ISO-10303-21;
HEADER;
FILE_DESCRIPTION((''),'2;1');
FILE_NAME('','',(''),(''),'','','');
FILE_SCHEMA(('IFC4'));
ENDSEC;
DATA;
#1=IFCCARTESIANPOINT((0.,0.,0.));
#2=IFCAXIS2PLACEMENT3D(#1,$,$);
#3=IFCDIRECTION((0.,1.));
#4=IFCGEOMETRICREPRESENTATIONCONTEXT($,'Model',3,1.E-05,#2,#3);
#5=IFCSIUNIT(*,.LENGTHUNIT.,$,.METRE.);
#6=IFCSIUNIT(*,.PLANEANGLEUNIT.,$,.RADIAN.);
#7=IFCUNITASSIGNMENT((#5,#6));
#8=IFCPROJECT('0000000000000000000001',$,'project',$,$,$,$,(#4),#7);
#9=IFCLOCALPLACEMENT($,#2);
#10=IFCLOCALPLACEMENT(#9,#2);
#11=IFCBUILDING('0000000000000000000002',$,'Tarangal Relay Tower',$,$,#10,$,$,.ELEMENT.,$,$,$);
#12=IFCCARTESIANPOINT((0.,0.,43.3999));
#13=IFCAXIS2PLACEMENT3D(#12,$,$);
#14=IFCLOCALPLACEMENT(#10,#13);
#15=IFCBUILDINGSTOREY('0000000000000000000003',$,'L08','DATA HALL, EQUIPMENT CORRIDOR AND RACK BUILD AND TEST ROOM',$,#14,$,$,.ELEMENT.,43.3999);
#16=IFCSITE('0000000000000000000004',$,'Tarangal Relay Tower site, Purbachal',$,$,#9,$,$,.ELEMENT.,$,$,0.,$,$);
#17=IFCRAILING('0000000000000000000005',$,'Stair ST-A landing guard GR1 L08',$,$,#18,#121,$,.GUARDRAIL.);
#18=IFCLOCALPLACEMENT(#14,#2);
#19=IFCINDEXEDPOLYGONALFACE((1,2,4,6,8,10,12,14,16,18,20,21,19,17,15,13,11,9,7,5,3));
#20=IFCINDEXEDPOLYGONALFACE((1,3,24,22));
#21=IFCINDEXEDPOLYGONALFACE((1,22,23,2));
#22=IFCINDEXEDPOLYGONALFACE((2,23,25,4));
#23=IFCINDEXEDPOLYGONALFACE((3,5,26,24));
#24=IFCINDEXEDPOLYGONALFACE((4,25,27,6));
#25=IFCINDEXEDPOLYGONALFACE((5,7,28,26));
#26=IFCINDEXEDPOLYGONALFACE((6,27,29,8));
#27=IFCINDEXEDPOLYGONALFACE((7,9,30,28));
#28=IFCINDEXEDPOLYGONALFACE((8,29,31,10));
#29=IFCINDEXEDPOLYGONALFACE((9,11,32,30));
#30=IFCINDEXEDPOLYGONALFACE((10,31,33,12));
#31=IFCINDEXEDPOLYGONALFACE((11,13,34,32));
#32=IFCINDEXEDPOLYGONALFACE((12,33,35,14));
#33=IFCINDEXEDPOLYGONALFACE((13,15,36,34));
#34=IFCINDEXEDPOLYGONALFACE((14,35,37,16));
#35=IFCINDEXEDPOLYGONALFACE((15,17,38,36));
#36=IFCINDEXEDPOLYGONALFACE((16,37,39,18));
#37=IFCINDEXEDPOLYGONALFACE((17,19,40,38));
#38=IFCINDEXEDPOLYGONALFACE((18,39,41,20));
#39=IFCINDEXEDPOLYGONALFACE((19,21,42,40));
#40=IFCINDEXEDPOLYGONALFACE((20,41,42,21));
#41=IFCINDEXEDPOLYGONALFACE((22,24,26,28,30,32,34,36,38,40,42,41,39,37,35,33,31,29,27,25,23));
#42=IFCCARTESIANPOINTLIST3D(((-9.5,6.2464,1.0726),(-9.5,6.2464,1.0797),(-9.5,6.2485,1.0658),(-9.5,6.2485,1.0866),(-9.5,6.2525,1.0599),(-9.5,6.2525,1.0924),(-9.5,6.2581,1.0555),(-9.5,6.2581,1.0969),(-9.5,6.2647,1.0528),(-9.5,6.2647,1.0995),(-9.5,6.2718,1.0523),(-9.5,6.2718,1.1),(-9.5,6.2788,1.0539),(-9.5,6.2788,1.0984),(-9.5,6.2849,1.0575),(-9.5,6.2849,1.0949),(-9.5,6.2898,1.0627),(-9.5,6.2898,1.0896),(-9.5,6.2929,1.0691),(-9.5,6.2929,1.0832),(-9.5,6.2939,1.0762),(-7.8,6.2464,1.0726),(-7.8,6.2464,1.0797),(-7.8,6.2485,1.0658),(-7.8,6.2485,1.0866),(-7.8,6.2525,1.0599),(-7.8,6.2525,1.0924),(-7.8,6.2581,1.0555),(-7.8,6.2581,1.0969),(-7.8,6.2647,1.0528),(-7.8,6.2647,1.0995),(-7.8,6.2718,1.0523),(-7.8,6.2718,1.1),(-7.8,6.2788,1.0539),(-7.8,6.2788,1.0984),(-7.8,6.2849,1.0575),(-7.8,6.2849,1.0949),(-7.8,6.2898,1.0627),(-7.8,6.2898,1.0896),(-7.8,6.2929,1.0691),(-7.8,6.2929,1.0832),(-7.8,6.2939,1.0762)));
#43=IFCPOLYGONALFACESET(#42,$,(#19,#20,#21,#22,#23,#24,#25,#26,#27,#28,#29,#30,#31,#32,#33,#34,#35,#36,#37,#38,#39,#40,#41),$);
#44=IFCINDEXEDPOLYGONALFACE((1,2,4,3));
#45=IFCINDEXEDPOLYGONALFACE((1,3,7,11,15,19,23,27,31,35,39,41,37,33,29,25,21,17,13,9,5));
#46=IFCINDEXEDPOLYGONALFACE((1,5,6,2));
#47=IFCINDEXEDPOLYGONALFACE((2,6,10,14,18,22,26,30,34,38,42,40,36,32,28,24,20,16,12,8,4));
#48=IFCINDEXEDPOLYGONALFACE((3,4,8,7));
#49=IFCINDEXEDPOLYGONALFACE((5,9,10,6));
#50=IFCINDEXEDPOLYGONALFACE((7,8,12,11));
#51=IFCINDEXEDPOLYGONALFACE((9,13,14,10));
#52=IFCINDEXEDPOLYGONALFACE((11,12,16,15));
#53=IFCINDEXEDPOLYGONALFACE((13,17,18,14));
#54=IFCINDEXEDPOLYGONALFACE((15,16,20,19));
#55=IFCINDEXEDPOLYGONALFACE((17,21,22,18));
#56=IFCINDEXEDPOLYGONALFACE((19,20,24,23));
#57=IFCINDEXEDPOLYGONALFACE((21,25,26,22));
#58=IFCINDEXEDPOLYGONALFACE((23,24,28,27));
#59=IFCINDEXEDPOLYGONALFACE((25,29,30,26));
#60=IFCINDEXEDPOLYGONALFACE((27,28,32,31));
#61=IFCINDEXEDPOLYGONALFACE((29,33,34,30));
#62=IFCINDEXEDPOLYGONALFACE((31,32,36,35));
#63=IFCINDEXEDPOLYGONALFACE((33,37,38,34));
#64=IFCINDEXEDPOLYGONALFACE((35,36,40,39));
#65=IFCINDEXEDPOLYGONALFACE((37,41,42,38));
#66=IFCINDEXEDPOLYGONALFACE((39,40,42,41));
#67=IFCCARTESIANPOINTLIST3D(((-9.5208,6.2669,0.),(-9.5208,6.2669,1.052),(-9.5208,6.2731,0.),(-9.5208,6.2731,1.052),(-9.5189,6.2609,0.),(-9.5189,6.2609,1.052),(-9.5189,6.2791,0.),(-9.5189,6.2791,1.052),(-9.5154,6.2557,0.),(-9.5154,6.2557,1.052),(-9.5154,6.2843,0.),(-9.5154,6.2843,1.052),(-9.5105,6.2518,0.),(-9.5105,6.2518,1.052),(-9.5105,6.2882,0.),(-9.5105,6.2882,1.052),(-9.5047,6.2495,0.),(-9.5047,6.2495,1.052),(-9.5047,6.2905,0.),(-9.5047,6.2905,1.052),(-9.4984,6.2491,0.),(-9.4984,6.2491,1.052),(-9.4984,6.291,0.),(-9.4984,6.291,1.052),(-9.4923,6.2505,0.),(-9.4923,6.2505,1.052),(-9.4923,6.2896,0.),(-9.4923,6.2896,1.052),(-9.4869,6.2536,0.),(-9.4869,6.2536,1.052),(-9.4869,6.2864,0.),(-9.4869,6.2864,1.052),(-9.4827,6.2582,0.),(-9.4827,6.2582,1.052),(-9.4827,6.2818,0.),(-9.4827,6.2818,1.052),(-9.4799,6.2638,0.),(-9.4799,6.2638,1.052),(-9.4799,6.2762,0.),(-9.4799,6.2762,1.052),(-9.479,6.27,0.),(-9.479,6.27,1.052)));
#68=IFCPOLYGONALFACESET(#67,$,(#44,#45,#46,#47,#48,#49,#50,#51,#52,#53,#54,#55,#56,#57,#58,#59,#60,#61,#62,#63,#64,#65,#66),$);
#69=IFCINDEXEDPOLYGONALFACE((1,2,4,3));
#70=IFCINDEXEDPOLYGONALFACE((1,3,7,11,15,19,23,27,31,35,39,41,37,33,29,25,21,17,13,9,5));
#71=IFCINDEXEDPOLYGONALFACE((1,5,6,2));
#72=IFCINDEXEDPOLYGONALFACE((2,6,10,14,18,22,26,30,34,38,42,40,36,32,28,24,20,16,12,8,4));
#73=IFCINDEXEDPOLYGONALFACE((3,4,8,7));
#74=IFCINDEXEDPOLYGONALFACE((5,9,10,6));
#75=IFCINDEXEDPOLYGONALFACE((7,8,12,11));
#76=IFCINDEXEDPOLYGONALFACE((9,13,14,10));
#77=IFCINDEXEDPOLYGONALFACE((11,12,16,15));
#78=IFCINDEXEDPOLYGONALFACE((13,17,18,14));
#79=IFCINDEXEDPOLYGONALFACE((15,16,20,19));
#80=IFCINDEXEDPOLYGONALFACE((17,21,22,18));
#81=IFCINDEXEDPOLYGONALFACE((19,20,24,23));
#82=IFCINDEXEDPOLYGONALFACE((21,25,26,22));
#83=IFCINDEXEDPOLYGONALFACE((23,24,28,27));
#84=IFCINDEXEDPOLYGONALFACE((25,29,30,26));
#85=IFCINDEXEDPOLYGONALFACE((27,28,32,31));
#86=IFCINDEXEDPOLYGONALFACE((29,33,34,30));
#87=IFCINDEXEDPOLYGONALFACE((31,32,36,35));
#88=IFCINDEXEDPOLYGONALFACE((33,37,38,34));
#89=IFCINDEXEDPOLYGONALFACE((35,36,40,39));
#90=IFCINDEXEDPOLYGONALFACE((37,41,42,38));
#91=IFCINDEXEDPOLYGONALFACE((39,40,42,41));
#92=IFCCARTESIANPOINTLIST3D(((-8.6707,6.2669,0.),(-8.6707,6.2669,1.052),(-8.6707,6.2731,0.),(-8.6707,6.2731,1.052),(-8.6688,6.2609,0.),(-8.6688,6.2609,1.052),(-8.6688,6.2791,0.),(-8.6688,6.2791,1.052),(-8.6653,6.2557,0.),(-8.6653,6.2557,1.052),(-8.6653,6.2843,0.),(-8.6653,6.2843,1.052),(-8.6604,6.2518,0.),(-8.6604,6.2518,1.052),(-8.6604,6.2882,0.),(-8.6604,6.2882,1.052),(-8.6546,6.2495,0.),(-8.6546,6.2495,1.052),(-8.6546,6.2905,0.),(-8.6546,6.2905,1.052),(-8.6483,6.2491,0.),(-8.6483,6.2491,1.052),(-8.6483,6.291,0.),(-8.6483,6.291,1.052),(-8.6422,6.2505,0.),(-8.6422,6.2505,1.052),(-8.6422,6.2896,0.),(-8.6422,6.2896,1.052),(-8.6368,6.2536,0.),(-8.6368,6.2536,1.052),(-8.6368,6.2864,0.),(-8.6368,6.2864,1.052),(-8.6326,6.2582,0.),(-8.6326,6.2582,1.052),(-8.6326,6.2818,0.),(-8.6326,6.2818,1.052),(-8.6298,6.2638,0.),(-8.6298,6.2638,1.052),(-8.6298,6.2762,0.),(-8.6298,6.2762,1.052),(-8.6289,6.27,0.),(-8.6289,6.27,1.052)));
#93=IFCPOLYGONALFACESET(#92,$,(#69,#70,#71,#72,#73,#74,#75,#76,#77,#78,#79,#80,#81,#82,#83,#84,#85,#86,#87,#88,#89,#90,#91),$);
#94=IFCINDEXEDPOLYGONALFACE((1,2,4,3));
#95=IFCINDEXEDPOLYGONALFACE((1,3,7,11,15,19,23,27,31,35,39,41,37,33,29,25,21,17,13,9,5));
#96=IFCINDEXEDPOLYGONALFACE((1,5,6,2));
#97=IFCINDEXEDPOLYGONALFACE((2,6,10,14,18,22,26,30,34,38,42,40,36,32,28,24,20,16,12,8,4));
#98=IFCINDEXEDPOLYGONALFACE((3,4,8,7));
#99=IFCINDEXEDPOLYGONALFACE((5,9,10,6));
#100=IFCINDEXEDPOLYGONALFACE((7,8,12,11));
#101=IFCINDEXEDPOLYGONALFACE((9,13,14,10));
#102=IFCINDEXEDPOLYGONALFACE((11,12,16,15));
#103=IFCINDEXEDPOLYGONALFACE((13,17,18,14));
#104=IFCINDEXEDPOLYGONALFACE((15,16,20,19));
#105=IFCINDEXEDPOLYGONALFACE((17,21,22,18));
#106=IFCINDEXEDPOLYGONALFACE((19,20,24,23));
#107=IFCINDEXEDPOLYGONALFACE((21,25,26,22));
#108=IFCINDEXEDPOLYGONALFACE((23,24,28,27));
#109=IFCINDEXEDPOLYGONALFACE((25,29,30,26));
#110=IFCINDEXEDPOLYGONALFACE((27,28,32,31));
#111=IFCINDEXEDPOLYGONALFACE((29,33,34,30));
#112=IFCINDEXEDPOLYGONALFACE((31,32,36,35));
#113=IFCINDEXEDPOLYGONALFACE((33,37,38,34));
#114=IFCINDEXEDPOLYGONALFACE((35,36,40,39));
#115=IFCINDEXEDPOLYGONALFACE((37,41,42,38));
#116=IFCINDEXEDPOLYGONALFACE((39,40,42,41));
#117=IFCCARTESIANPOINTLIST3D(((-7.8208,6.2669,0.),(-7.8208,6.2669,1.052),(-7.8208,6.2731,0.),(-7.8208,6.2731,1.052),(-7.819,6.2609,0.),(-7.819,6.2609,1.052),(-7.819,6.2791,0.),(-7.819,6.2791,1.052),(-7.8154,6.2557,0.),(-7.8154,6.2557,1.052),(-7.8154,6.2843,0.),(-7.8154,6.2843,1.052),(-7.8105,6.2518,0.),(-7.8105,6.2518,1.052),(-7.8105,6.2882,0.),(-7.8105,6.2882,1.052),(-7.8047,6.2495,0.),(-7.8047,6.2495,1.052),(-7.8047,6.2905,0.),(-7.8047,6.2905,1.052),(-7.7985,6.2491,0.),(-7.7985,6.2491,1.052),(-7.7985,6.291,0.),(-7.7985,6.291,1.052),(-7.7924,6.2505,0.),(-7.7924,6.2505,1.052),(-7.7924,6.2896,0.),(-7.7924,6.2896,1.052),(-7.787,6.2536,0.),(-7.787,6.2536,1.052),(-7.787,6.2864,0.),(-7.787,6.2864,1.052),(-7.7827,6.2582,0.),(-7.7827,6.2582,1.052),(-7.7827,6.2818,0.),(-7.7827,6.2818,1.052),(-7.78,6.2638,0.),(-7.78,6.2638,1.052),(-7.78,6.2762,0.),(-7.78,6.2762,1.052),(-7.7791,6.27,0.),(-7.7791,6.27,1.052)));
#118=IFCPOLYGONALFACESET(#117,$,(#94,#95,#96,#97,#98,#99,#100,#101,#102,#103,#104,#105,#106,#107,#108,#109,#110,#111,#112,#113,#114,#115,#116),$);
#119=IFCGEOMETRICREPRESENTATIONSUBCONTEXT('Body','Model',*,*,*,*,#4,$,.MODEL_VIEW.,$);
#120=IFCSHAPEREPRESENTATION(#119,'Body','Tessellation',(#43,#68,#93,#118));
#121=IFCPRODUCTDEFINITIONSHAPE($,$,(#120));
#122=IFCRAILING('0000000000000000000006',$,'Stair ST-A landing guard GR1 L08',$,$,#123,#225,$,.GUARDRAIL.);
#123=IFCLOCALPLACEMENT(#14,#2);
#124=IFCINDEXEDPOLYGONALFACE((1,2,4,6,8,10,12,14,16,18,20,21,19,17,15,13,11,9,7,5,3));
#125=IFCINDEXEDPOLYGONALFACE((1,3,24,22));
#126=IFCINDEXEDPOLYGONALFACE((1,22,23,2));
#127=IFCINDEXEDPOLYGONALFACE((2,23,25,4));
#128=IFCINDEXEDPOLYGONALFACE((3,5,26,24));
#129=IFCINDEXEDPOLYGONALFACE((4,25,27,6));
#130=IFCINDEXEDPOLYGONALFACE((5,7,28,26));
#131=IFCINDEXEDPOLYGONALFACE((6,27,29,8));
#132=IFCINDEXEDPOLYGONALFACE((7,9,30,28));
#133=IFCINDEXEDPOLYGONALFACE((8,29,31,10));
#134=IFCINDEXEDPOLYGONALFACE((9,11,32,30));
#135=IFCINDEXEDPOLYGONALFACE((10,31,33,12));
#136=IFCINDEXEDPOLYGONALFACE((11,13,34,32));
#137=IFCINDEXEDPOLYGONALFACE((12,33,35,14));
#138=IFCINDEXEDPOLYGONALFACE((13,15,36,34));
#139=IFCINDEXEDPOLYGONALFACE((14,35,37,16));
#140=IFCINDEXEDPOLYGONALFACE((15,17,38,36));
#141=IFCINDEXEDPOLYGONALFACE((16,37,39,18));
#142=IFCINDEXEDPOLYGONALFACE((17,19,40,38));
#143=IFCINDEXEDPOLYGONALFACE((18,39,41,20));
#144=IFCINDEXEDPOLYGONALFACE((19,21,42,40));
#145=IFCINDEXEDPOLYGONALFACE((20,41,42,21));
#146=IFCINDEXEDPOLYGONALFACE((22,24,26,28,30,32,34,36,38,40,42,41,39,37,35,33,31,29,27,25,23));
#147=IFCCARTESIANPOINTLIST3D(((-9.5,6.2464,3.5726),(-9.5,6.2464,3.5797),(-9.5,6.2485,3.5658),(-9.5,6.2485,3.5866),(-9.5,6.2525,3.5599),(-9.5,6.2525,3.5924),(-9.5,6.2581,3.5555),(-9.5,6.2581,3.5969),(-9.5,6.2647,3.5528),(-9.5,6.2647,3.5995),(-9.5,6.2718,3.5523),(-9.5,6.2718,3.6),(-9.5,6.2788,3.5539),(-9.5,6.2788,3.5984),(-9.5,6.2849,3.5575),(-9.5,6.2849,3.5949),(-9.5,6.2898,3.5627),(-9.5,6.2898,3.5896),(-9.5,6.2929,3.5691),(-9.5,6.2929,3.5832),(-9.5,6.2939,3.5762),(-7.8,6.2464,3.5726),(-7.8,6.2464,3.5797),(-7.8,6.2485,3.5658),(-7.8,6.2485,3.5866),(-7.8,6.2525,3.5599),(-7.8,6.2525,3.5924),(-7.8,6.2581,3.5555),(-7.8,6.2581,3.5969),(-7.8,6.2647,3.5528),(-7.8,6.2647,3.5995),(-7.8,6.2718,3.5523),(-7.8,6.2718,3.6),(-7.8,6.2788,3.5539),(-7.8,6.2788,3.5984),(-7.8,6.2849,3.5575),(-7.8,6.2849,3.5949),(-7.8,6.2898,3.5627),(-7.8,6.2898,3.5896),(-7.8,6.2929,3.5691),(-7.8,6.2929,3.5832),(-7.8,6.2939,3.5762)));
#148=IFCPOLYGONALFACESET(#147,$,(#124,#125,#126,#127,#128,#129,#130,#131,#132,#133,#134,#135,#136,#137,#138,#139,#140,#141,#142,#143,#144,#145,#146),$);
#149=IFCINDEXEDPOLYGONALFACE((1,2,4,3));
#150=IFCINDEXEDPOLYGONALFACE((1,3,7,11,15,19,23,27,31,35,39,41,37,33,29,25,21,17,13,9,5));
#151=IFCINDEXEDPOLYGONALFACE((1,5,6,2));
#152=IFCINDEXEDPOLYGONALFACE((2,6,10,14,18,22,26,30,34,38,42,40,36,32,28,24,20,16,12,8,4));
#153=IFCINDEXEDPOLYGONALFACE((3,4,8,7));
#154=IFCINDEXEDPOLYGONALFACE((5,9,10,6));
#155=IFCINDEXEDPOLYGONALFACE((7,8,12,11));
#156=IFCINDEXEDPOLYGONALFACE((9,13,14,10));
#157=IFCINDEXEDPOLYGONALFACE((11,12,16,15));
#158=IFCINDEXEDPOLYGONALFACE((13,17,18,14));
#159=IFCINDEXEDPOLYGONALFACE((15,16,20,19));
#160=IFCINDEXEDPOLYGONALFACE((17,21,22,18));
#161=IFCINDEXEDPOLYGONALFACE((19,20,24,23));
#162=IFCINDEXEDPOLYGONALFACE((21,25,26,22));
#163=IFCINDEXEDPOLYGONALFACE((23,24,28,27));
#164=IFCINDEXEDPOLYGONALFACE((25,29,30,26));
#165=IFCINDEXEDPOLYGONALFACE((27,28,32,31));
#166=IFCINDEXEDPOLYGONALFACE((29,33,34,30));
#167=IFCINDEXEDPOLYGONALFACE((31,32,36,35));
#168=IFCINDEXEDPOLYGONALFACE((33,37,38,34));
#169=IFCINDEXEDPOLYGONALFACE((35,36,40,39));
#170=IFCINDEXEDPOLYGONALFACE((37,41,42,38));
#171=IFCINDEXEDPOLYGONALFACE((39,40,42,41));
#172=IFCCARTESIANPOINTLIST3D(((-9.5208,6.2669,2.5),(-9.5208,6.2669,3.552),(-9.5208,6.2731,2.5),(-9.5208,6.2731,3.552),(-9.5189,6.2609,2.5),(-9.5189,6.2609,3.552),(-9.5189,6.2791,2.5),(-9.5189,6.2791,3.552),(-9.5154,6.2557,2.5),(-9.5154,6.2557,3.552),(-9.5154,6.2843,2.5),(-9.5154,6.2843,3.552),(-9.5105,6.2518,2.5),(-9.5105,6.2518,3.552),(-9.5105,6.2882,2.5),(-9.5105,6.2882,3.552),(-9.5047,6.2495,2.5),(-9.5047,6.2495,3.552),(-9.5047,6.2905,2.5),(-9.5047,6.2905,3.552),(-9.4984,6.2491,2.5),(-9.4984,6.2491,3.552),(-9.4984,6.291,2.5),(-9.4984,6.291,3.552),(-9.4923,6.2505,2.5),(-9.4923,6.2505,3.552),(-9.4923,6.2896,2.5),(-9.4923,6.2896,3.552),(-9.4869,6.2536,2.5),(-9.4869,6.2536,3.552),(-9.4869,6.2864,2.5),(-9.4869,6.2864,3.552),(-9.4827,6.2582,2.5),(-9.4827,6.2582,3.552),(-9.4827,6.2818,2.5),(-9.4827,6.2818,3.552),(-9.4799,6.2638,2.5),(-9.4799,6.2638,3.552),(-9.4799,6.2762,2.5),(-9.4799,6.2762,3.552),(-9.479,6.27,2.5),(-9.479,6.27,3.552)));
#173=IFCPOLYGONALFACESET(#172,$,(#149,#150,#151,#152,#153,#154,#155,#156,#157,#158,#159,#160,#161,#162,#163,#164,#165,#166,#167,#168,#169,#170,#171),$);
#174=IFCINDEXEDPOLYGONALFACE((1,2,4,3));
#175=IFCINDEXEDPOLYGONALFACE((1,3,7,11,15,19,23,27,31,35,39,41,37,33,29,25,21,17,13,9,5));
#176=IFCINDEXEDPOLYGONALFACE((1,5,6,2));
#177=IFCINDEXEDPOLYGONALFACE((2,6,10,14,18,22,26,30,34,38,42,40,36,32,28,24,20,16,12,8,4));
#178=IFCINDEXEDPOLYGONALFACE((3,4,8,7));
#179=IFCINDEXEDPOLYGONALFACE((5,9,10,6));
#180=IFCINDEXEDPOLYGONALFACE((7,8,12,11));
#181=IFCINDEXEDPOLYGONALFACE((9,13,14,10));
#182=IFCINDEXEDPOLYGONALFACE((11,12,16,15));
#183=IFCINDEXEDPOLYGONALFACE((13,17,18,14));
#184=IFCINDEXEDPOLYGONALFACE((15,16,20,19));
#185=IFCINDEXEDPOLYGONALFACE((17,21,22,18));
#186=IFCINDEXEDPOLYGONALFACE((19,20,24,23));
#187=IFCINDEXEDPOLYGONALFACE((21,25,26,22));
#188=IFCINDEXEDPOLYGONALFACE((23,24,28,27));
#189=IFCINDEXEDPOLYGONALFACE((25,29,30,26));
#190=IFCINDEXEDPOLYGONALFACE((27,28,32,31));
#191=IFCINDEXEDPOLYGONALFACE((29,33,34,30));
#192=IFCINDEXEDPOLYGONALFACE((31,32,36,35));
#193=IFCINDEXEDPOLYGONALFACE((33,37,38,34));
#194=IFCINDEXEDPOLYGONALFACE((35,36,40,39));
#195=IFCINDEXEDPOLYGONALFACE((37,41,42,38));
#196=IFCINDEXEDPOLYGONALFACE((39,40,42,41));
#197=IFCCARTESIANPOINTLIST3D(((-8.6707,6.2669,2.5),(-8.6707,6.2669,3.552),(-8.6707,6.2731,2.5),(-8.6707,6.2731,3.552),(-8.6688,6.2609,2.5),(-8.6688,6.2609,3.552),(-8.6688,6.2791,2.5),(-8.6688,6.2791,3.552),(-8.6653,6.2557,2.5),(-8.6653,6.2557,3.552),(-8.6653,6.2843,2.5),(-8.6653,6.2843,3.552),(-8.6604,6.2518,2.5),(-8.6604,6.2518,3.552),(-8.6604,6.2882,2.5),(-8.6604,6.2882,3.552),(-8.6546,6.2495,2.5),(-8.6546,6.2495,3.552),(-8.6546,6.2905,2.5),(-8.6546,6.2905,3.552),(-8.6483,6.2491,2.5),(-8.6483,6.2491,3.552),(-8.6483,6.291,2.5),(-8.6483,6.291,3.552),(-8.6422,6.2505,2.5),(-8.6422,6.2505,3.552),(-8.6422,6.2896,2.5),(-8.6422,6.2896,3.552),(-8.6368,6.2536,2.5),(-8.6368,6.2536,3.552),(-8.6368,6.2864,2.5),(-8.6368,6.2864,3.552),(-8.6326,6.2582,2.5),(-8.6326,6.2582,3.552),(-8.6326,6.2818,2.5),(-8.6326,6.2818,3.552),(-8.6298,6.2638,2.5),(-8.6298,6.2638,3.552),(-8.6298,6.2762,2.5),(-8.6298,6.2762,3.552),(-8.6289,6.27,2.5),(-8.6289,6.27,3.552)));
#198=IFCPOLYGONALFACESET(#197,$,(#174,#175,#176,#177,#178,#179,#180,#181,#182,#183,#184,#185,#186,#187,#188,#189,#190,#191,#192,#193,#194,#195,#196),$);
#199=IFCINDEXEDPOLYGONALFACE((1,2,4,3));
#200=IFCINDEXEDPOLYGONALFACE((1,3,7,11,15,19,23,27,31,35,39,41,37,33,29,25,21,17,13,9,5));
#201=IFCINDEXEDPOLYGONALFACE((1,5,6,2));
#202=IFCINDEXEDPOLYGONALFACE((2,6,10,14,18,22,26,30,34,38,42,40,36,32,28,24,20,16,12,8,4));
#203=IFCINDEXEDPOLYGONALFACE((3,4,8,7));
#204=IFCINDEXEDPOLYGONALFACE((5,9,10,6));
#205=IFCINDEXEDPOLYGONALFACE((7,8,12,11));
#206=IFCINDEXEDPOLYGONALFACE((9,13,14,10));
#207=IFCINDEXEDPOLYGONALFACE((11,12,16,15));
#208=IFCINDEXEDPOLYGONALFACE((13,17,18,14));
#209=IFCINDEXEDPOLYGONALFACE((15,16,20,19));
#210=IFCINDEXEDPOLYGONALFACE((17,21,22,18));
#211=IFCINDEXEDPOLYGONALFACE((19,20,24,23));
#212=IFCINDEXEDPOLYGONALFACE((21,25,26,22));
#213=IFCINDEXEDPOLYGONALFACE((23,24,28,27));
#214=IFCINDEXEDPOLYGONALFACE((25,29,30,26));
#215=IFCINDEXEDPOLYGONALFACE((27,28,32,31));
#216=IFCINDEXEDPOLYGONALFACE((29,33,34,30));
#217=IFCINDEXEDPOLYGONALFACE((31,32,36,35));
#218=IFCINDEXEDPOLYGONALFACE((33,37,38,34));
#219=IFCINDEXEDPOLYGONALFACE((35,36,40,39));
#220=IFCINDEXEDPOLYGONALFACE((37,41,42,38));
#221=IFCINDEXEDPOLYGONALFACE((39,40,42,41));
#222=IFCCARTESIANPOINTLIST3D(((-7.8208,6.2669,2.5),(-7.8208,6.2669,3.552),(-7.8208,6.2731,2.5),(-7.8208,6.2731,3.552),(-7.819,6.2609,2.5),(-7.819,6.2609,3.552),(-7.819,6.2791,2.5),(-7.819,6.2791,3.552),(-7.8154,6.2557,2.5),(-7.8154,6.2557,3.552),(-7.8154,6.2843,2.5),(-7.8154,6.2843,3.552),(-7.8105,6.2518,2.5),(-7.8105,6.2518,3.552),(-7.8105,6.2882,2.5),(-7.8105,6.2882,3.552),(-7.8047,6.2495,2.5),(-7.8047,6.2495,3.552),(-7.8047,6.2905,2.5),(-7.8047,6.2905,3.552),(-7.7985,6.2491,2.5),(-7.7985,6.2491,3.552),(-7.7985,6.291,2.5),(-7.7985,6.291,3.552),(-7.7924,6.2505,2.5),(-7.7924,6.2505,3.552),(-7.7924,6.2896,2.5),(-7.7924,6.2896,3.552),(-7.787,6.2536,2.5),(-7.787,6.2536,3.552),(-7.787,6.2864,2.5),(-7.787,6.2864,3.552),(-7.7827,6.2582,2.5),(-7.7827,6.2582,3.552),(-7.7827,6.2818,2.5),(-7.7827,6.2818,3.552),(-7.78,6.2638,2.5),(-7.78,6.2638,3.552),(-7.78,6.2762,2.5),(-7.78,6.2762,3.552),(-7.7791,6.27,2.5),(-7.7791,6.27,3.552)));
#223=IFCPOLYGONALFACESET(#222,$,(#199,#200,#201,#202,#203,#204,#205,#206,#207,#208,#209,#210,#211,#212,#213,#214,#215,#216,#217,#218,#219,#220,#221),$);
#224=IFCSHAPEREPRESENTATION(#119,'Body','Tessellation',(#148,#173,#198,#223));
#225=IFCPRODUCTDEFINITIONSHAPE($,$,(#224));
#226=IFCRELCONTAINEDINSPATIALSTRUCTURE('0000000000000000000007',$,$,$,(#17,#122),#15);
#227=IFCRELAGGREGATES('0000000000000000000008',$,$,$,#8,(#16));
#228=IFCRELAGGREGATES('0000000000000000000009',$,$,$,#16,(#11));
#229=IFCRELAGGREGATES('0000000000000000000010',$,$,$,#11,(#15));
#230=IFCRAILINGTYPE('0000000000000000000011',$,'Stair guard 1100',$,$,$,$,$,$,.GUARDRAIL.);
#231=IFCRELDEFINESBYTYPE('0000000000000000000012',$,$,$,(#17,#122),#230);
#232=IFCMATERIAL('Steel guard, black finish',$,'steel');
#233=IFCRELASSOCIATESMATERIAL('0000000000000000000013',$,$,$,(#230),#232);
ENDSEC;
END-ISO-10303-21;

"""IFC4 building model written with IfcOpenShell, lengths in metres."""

from ifc_helpers import new_model, si_unit, direction, frame, origin, origin_2d, place, context, subcontext, project, spatial, circle, extrude, material, type_object, element, save


model = new_model("IFC4")

# Units and contexts
model_context = context("Model", 3, precision=1e-05, world=origin(), true_north=direction((0.0, 1.0)))
body_context = subcontext(model_context, "Body", "Model", "MODEL_VIEW")
ifc_project = project(units=[si_unit("LENGTHUNIT", "METRE"), si_unit("PLANEANGLEUNIT", "RADIAN")], contexts=[model_context])

# Site, building, storey
site_placement = place(None, origin())
site = spatial("IfcSite", under=ifc_project, at=site_placement, Name="Tarangal Relay Tower site, Purbachal", CompositionType="ELEMENT", RefElevation=0.0)
building_placement = place(site_placement, origin())
building = spatial("IfcBuilding", under=site, at=building_placement, Name="Tarangal Relay Tower", CompositionType="ELEMENT")
storey_placement = place(building_placement, frame((0.0, 0.0, 43.3999)))
storey = spatial("IfcBuildingStorey", under=building, at=storey_placement, Name="L08", Description="DATA HALL, EQUIPMENT CORRIDOR AND RACK BUILD AND TEST ROOM", CompositionType="ELEMENT", Elevation=43.3999)

# Railings
ifc_material_1 = material(Name="Steel guard, black finish", Category="steel")
railing_type = type_object("IfcRailingType", Name="Stair guard 1100", PredefinedType="GUARDRAIL", material=ifc_material_1)
for number, where, name in (
    (1, (-9.5, 6.27, 0.0), "Stair ST-A landing guard GR1 L08"),
    (2, (-9.5, 6.27, 2.5), "Stair ST-A landing guard GR1 L08"),
):
    element("IfcRailing", number, at=place(storey_placement, frame(where)), inside=storey, type_object=railing_type, Name=name, PredefinedType="GUARDRAIL", context=body_context, shape_type="SweptSolid", body=[
        extrude(circle(Radius=0.0239, at=origin_2d()), frame((0.0, 0.0, 1.0762), z_axis=(1.0, 0.0, 0.0), x_axis=(0.0, 1.0, 0.0)), (0.0, 0.0, 1.0), 1.7),
        extrude(circle(Radius=0.021, at=origin_2d()), origin(), (0.0, 0.0, 1.0), 1.052),
        extrude(circle(Radius=0.021, at=origin_2d()), frame((0.8501, 0.0, 0.0)), (0.0, 0.0, 1.0), 1.052),
        extrude(circle(Radius=0.021, at=origin_2d()), frame((1.7, 0.0, 0.0)), (0.0, 0.0, 1.0), 1.052),
    ])

save(model, "model.ifc")
